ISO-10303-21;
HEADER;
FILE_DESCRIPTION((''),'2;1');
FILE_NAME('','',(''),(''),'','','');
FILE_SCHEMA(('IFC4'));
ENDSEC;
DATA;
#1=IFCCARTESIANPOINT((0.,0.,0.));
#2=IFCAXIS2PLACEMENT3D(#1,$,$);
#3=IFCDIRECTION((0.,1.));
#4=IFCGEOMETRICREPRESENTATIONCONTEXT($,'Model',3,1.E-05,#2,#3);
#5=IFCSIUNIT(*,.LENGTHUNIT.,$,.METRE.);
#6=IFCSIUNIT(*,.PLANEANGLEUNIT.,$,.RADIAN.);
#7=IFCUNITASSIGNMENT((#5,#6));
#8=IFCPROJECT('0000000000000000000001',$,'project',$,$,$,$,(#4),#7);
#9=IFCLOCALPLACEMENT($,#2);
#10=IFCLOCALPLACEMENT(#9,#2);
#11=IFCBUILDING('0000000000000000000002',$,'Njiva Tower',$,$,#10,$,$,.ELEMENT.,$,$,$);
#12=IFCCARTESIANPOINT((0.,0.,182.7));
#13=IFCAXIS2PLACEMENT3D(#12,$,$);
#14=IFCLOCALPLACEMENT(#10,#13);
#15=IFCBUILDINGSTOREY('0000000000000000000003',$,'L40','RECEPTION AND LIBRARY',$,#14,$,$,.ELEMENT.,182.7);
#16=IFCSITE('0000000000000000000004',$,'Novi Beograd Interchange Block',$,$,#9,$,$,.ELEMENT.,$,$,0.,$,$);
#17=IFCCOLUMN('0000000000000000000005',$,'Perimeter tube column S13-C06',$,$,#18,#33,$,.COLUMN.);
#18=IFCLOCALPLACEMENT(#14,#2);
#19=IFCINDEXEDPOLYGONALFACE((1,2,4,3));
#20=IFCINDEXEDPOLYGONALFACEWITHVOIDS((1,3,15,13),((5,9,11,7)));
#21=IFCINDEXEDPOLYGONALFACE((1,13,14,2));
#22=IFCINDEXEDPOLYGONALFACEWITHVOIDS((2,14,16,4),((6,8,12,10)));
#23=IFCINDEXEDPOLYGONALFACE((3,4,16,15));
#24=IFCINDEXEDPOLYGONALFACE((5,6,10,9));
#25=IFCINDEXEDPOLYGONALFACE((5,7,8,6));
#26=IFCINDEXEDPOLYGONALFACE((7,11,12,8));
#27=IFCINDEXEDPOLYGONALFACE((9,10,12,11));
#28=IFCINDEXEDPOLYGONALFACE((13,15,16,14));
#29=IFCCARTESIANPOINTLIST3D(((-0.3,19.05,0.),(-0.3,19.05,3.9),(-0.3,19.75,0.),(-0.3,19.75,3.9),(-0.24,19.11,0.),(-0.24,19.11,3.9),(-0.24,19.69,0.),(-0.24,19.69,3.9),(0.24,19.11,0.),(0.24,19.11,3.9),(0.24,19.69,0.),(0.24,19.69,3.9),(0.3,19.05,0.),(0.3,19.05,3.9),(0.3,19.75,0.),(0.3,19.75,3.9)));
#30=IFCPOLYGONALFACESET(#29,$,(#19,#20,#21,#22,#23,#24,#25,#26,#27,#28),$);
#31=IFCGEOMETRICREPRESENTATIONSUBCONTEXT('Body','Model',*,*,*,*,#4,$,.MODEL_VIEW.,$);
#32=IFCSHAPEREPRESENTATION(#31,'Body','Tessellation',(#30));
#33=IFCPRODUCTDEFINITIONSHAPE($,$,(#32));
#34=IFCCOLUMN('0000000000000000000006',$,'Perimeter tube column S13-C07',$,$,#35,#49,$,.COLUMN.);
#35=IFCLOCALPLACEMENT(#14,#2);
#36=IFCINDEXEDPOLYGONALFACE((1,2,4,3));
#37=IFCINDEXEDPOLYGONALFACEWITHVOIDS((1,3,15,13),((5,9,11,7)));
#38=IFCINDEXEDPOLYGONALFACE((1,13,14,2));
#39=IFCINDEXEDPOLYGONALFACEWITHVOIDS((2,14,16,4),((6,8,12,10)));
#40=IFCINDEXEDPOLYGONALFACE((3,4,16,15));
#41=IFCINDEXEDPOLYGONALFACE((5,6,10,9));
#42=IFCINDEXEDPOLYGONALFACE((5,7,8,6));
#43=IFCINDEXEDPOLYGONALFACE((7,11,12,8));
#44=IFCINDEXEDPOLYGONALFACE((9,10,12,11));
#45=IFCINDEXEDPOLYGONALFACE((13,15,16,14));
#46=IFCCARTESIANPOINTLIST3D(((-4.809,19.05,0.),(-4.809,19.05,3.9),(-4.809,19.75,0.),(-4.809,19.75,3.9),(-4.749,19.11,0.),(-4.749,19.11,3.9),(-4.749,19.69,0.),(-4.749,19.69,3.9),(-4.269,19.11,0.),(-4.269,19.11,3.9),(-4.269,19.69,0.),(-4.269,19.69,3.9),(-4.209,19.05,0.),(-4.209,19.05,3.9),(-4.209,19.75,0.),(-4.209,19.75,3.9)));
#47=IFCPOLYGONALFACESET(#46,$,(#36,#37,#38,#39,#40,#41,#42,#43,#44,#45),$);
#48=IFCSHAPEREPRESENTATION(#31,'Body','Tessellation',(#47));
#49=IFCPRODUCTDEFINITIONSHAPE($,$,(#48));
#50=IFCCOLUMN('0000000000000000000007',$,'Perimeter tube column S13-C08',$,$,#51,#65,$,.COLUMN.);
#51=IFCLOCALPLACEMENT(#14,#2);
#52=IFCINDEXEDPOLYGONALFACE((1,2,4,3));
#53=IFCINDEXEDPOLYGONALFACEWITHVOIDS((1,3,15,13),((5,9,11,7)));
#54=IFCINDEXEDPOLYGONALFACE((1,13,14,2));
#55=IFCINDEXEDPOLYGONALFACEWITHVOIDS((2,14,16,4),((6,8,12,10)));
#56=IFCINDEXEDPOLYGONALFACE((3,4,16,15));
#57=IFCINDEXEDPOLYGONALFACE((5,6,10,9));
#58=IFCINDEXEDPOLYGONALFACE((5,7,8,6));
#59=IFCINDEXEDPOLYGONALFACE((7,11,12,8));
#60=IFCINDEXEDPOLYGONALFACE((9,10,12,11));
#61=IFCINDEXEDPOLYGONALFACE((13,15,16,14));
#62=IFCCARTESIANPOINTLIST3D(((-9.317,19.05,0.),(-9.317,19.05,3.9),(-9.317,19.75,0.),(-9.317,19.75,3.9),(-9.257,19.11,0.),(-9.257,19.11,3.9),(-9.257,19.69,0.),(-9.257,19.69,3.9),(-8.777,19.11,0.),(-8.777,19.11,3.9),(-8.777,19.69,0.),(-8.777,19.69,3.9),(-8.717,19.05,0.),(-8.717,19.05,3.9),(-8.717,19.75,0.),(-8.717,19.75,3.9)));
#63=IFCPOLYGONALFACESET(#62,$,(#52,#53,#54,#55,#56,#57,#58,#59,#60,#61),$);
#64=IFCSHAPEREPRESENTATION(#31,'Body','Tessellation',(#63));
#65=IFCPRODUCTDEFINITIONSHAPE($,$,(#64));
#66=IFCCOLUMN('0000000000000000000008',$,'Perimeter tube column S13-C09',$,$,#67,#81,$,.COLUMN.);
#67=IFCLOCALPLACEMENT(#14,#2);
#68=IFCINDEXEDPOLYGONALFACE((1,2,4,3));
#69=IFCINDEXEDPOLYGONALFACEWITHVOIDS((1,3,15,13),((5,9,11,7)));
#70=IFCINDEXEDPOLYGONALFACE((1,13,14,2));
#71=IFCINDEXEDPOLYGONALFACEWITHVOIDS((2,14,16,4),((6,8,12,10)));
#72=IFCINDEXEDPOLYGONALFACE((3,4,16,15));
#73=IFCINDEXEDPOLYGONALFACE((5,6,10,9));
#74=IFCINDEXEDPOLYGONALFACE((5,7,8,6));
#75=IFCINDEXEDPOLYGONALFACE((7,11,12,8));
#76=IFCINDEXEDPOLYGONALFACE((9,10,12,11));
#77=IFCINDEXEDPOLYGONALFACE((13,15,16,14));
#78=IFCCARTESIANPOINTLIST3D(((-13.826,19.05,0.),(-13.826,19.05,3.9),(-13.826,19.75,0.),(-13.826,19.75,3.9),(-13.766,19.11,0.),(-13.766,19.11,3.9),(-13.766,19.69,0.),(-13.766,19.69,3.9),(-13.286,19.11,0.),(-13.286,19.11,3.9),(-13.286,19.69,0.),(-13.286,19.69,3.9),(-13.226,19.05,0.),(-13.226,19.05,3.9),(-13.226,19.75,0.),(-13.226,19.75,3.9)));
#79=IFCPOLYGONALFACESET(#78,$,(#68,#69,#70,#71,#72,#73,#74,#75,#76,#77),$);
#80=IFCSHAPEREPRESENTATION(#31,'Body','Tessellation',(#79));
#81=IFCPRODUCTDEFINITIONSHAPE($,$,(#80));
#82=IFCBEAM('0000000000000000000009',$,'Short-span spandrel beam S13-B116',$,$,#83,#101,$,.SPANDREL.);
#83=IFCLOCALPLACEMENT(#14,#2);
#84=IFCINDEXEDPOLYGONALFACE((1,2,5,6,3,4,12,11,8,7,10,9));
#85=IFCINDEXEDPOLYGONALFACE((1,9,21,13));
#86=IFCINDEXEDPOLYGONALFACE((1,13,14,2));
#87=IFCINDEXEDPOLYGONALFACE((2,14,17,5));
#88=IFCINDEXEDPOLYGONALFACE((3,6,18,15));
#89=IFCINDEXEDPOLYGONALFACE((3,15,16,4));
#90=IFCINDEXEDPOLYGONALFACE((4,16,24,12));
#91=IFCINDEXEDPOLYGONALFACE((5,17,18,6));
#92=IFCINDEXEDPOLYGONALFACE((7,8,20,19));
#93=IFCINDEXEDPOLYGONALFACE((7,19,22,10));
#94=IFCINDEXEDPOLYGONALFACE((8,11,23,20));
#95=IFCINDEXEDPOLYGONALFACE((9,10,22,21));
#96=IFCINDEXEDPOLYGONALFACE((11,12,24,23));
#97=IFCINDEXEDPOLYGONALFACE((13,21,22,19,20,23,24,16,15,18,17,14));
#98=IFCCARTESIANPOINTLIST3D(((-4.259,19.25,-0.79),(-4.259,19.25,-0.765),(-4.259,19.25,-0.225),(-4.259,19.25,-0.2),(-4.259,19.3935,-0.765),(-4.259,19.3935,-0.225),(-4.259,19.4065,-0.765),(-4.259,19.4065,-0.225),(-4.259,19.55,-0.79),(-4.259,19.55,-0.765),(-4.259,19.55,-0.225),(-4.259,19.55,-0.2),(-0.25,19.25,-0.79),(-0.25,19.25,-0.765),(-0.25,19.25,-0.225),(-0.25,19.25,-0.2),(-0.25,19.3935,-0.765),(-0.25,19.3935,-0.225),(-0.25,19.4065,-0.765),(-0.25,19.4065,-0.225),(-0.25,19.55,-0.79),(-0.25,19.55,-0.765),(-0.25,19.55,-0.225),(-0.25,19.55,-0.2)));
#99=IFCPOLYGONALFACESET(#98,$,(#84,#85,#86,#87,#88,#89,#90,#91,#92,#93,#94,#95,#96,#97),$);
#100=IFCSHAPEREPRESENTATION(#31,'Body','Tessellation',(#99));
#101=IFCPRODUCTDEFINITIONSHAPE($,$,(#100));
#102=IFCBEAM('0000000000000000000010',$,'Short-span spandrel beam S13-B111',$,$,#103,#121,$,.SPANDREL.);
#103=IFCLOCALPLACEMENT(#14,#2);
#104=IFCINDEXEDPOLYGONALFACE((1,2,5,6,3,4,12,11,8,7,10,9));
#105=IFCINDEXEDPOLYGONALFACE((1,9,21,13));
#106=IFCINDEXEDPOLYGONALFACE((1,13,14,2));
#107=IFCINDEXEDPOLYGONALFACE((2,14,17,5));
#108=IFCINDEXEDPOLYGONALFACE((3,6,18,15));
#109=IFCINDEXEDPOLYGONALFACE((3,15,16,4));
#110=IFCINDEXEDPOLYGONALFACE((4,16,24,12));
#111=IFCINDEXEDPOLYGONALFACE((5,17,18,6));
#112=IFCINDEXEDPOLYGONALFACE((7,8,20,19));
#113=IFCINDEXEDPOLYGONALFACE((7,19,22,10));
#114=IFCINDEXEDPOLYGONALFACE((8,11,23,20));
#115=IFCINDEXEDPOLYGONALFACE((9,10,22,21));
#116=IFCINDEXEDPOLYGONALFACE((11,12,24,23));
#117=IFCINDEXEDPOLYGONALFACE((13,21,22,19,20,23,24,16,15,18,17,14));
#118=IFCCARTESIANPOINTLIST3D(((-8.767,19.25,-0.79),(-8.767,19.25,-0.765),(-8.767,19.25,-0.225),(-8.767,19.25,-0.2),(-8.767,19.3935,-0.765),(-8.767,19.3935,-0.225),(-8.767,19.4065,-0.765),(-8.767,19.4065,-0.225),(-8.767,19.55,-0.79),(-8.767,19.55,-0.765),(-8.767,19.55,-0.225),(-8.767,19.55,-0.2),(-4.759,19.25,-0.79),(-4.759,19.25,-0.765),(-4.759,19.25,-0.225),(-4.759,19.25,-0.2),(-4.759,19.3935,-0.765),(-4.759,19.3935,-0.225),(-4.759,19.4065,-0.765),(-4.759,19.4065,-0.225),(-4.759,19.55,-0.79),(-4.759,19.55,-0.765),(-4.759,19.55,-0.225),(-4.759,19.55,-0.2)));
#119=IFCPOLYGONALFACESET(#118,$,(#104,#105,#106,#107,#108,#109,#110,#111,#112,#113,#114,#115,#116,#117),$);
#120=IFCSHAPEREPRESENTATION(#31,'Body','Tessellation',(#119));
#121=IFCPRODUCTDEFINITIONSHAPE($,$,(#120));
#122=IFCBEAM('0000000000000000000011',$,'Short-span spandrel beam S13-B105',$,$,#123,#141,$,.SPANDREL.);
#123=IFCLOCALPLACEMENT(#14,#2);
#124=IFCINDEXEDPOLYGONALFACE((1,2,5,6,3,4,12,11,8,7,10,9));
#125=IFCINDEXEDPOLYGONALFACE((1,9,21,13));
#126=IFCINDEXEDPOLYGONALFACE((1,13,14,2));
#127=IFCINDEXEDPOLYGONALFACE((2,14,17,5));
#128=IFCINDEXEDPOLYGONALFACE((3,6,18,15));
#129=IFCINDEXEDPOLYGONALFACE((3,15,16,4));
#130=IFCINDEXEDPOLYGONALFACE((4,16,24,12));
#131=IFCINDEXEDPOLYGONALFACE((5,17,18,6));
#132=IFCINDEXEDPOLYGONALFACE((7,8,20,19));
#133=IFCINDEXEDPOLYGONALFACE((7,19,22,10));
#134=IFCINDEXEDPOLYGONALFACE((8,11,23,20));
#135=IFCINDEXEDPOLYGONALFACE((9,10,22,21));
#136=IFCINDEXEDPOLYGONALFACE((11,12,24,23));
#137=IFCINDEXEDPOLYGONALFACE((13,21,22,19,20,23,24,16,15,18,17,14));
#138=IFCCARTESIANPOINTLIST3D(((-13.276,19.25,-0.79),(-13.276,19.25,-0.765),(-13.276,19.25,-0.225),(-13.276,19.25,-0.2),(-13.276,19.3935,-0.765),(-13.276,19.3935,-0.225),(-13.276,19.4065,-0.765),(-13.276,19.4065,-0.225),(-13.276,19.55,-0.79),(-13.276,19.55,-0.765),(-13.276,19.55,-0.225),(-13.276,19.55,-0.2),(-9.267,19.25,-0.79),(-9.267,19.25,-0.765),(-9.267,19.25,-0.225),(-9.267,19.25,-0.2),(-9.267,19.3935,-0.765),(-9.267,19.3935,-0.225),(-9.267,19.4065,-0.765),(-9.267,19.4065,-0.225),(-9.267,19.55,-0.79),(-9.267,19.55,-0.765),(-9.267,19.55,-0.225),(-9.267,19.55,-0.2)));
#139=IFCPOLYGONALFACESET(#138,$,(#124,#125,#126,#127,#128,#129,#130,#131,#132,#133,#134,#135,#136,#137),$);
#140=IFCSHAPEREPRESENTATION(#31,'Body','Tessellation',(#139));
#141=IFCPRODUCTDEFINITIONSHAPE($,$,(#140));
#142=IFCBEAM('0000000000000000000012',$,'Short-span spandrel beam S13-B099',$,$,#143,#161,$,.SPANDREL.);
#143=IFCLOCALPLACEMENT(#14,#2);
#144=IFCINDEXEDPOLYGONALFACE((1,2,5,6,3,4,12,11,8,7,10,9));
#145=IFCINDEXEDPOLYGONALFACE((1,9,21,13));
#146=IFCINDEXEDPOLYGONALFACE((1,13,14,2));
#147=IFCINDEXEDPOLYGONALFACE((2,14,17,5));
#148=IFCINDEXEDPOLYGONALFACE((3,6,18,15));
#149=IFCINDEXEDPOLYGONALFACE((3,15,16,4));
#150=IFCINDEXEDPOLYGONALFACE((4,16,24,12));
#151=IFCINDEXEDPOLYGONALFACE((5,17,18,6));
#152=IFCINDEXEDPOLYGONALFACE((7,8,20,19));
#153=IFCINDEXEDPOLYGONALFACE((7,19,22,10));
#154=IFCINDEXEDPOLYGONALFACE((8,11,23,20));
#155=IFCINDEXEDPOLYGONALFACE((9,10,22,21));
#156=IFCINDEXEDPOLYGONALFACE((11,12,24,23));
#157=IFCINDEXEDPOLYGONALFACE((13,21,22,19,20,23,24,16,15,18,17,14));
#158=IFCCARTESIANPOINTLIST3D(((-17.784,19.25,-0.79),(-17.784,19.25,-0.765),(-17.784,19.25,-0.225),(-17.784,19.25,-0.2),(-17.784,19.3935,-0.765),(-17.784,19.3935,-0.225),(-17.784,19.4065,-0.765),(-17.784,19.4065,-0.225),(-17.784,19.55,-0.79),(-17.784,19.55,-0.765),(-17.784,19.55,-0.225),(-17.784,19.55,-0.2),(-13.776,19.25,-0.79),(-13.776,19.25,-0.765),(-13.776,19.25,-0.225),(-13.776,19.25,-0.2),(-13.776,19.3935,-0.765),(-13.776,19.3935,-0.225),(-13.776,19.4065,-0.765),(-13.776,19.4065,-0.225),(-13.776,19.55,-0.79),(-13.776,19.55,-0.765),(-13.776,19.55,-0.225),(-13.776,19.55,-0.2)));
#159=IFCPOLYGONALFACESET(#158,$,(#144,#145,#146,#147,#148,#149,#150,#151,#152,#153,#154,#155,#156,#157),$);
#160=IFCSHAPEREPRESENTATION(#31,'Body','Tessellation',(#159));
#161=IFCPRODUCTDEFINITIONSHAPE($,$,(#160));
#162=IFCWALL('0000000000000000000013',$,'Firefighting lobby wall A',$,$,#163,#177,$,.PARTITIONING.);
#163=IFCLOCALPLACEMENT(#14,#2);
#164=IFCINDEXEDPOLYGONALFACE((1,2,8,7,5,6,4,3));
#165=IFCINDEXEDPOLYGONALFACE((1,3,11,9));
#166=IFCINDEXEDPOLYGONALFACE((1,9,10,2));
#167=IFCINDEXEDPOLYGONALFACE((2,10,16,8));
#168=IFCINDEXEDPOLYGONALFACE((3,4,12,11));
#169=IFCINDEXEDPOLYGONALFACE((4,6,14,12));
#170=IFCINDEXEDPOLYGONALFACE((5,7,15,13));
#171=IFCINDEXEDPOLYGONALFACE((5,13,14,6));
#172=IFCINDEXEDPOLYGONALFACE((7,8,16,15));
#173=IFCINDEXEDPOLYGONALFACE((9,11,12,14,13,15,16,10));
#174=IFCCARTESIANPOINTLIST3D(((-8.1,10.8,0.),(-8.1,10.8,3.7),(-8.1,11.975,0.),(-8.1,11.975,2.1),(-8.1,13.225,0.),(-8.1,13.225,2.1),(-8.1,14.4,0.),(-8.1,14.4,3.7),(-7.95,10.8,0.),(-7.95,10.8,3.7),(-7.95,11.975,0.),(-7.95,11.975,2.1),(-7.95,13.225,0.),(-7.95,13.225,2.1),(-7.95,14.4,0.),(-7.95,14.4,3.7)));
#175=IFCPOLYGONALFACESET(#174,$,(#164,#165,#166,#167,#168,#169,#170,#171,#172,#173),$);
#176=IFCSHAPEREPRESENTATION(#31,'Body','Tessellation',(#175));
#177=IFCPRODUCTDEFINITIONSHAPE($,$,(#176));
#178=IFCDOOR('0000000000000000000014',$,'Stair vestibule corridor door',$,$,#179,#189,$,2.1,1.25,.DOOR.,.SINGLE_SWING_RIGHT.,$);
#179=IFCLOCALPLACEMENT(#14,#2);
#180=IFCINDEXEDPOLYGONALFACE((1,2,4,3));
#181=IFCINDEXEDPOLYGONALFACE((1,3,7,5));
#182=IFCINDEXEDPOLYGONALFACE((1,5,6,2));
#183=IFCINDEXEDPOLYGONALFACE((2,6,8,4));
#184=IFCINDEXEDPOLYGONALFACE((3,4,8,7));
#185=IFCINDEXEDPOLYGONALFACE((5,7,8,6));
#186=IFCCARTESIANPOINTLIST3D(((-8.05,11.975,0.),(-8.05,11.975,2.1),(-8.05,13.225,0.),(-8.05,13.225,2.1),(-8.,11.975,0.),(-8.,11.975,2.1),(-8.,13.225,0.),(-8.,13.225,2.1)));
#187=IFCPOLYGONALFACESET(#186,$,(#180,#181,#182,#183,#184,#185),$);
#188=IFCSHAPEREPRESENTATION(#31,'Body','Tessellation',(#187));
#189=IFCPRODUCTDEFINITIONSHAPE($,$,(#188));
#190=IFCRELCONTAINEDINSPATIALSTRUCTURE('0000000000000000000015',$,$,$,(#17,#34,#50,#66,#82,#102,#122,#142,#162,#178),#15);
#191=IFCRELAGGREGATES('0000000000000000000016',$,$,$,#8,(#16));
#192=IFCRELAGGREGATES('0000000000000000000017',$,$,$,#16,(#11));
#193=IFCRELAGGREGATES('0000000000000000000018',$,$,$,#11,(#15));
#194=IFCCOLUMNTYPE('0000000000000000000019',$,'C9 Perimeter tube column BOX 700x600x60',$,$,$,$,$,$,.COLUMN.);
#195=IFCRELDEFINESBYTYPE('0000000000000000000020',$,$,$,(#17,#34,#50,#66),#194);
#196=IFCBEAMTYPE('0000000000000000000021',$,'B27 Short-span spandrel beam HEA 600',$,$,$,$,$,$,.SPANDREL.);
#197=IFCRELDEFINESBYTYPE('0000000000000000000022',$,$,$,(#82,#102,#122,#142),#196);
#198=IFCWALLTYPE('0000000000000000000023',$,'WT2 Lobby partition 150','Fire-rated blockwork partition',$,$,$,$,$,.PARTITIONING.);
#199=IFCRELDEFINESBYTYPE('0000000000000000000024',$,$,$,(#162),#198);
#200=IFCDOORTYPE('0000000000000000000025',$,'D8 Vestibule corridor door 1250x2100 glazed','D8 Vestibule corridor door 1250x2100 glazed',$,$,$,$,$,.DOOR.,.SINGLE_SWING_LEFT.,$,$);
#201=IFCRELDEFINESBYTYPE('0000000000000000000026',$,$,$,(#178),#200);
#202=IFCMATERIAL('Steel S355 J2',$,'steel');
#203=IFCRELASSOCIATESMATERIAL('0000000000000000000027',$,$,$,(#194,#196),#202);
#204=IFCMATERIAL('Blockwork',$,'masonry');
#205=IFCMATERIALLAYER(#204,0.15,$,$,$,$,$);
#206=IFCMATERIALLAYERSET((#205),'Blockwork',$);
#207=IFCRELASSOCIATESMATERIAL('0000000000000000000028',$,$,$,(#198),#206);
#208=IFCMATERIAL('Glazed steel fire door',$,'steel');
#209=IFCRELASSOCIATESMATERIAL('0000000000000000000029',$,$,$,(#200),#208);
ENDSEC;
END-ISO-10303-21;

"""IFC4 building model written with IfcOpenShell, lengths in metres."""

from ifc_helpers import new_model, si_unit, direction, frame, frame_2d, origin, origin_2d, place, context, subcontext, project, spatial, rectangle, hollow_rectangle, i_section, extrude, material, layer, layer_set, material_profile, profile_set, type_object, element, fill, save


model = new_model("IFC4")

# Units and contexts
model_context = context("Model", 3, precision=1e-05, world=origin(), true_north=direction((0.0, 1.0)))
body_context = subcontext(model_context, "Body", "Model", "MODEL_VIEW")
ifc_project = project(units=[si_unit("LENGTHUNIT", "METRE"), si_unit("PLANEANGLEUNIT", "RADIAN")], contexts=[model_context])

# Site, building, storey
site_placement = place(None, origin())
site = spatial("IfcSite", under=ifc_project, at=site_placement, Name="Novi Beograd Interchange Block", CompositionType="ELEMENT", RefElevation=0.0)
building_placement = place(site_placement, origin())
building = spatial("IfcBuilding", under=site, at=building_placement, Name="Njiva Tower", CompositionType="ELEMENT")
storey_placement = place(building_placement, frame((0.0, 0.0, 182.7)))
storey = spatial("IfcBuildingStorey", under=building, at=storey_placement, Name="L40", Description="RECEPTION AND LIBRARY", CompositionType="ELEMENT", Elevation=182.7)

# Columns
ifc_material_1 = material(Name="Steel S355 J2", Category="steel")
ifc_material_profile_1 = material_profile(ifc_material_1, hollow_rectangle(XDim=0.6, YDim=0.7, WallThickness=0.06, at=origin_2d()), Name="BOX 700x600x60")
ifc_profile_set_1 = profile_set([ifc_material_profile_1], Name="Steel S355 J2")
column_type = type_object("IfcColumnType", Name="C9 Perimeter tube column BOX 700x600x60", PredefinedType="COLUMN", material=ifc_profile_set_1)
for number, where, z_axis, x_axis, name in (
    (1, (0.0, 19.4, 0.0), (0.0, 0.0, 1.0), (-1.0, 0.0, 0.0), "Perimeter tube column S13-C06"),
    (2, (-4.509, 19.4, 0.0), (0.0, 0.0, 1.0), (-1.0, 0.0, 0.0), "Perimeter tube column S13-C07"),
    (3, (-9.017, 19.4, 0.0), (0.0, 0.0, 1.0), (-1.0, 0.0, 0.0), "Perimeter tube column S13-C08"),
    (4, (-13.526, 19.4, 0.0), (0.0, 0.0, 1.0), (-1.0, 0.0, 0.0), "Perimeter tube column S13-C09"),
):
    element("IfcColumn", number, at=place(storey_placement, frame(where, z_axis=z_axis, x_axis=x_axis)), inside=storey, type_object=column_type, Name=name, PredefinedType="COLUMN", context=body_context, shape_type="SweptSolid", body=[
        extrude(hollow_rectangle(XDim=0.6, YDim=0.7, WallThickness=0.06, at=origin_2d()), origin(), (0.0, 0.0, 1.0), 3.9),
    ])

# Beams
ifc_material_profile_2 = material_profile(ifc_material_1, i_section(OverallWidth=0.3, OverallDepth=0.59, WebThickness=0.013, FlangeThickness=0.025, at=origin_2d()), Name="HEA 600")
ifc_profile_set_2 = profile_set([ifc_material_profile_2], Name="Steel S355 J2")
beam_type = type_object("IfcBeamType", Name="B27 Short-span spandrel beam HEA 600", PredefinedType="SPANDREL", material=ifc_profile_set_2)
beam_1_placement = place(storey_placement, frame((-0.25, 19.4, -0.495), z_axis=(-1.0, 0.0, 0.0), x_axis=(0.0, -1.0, 0.0)))
element("IfcBeam", 5, at=beam_1_placement, inside=storey, type_object=beam_type, Name="Short-span spandrel beam S13-B116", PredefinedType="SPANDREL", context=body_context, shape_type="SweptSolid", body=[
    extrude(i_section(OverallWidth=0.3, OverallDepth=0.59, WebThickness=0.013, FlangeThickness=0.025, at=origin_2d()), origin(), (0.0, 0.0, 1.0), 4.009),
])
beam_2_placement = place(storey_placement, frame((-4.759, 19.4, -0.495), z_axis=(-1.0, 0.0, 0.0), x_axis=(0.0, -1.0, 0.0)))
element("IfcBeam", 6, at=beam_2_placement, inside=storey, type_object=beam_type, Name="Short-span spandrel beam S13-B111", PredefinedType="SPANDREL", context=body_context, shape_type="SweptSolid", body=[
    extrude(i_section(OverallWidth=0.3, OverallDepth=0.59, WebThickness=0.013, FlangeThickness=0.025, at=origin_2d()), origin(), (0.0, 0.0, 1.0), 4.008),
])
beam_3_placement = place(storey_placement, frame((-9.267, 19.4, -0.495), z_axis=(-1.0, 0.0, 0.0), x_axis=(0.0, -1.0, 0.0)))
element("IfcBeam", 7, at=beam_3_placement, inside=storey, type_object=beam_type, Name="Short-span spandrel beam S13-B105", PredefinedType="SPANDREL", context=body_context, shape_type="SweptSolid", body=[
    extrude(i_section(OverallWidth=0.3, OverallDepth=0.59, WebThickness=0.013, FlangeThickness=0.025, at=origin_2d()), origin(), (0.0, 0.0, 1.0), 4.009),
])
beam_4_placement = place(storey_placement, frame((-13.776, 19.4, -0.495), z_axis=(-1.0, 0.0, 0.0), x_axis=(0.0, -1.0, 0.0)))
element("IfcBeam", 8, at=beam_4_placement, inside=storey, type_object=beam_type, Name="Short-span spandrel beam S13-B099", PredefinedType="SPANDREL", context=body_context, shape_type="SweptSolid", body=[
    extrude(i_section(OverallWidth=0.3, OverallDepth=0.59, WebThickness=0.013, FlangeThickness=0.025, at=origin_2d()), origin(), (0.0, 0.0, 1.0), 4.008),
])

# Wall, opening, door
ifc_material_2 = material(Name="Blockwork", Category="masonry")
ifc_layer_1 = layer(ifc_material_2, 0.15)
ifc_layer_set_1 = layer_set([ifc_layer_1], Name="Blockwork")
wall_type_1 = type_object("IfcWallType", Name="WT2 Lobby partition 150", Description="Fire-rated blockwork partition", PredefinedType="PARTITIONING", material=ifc_layer_set_1)
wall_1_placement = place(storey_placement, frame((-8.025, 10.8, 0.0), z_axis=(0.0, 0.0, 1.0), x_axis=(0.0, 1.0, 0.0)))
wall_1 = element("IfcWall", 9, at=wall_1_placement, inside=storey, type_object=wall_type_1, Name="Firefighting lobby wall A", PredefinedType="PARTITIONING", context=body_context, shape_type="SweptSolid", body=[
    extrude(rectangle(XDim=3.6, YDim=0.15, at=frame_2d((1.8, 0.0))), origin(), (0.0, 0.0, 1.0), 3.7),
])
opening_1_placement = place(wall_1_placement, frame((1.175, 0.0, 0.0)))
opening_1 = element("IfcOpeningElement", 10, at=opening_1_placement, cuts=wall_1, PredefinedType="OPENING", context=body_context, shape_type="SweptSolid", body=[
    extrude(rectangle(XDim=1.25, YDim=2.1, at=frame_2d((0.625, 1.05))), frame((0.0, 0.085, 0.0), z_axis=(0.0, -1.0, 0.0), x_axis=(1.0, 0.0, 0.0)), (0.0, 0.0, 1.0), 0.17),
])
ifc_material_3 = material(Name="Glazed steel fire door", Category="steel")
door_type_1 = type_object("IfcDoorType", Name="D8 Vestibule corridor door 1250x2100 glazed", Description="D8 Vestibule corridor door 1250x2100 glazed", OperationType="SINGLE_SWING_LEFT", PredefinedType="DOOR", material=ifc_material_3)
door_1_placement = place(opening_1_placement, origin())
door_1 = element("IfcDoor", 11, at=door_1_placement, inside=storey, type_object=door_type_1, Name="Stair vestibule corridor door", OperationType="SINGLE_SWING_RIGHT", OverallHeight=2.1, OverallWidth=1.25, PredefinedType="DOOR", context=body_context, shape_type="SweptSolid", body=[
    extrude(rectangle(XDim=1.25, YDim=2.1, at=frame_2d((0.625, 1.05))), frame((0.0, 0.025, 0.0), z_axis=(0.0, -1.0, 0.0), x_axis=(1.0, 0.0, 0.0)), (0.0, 0.0, 1.0), 0.05),
])
fill(opening_1, door_1)

save(model, "model.ifc")
